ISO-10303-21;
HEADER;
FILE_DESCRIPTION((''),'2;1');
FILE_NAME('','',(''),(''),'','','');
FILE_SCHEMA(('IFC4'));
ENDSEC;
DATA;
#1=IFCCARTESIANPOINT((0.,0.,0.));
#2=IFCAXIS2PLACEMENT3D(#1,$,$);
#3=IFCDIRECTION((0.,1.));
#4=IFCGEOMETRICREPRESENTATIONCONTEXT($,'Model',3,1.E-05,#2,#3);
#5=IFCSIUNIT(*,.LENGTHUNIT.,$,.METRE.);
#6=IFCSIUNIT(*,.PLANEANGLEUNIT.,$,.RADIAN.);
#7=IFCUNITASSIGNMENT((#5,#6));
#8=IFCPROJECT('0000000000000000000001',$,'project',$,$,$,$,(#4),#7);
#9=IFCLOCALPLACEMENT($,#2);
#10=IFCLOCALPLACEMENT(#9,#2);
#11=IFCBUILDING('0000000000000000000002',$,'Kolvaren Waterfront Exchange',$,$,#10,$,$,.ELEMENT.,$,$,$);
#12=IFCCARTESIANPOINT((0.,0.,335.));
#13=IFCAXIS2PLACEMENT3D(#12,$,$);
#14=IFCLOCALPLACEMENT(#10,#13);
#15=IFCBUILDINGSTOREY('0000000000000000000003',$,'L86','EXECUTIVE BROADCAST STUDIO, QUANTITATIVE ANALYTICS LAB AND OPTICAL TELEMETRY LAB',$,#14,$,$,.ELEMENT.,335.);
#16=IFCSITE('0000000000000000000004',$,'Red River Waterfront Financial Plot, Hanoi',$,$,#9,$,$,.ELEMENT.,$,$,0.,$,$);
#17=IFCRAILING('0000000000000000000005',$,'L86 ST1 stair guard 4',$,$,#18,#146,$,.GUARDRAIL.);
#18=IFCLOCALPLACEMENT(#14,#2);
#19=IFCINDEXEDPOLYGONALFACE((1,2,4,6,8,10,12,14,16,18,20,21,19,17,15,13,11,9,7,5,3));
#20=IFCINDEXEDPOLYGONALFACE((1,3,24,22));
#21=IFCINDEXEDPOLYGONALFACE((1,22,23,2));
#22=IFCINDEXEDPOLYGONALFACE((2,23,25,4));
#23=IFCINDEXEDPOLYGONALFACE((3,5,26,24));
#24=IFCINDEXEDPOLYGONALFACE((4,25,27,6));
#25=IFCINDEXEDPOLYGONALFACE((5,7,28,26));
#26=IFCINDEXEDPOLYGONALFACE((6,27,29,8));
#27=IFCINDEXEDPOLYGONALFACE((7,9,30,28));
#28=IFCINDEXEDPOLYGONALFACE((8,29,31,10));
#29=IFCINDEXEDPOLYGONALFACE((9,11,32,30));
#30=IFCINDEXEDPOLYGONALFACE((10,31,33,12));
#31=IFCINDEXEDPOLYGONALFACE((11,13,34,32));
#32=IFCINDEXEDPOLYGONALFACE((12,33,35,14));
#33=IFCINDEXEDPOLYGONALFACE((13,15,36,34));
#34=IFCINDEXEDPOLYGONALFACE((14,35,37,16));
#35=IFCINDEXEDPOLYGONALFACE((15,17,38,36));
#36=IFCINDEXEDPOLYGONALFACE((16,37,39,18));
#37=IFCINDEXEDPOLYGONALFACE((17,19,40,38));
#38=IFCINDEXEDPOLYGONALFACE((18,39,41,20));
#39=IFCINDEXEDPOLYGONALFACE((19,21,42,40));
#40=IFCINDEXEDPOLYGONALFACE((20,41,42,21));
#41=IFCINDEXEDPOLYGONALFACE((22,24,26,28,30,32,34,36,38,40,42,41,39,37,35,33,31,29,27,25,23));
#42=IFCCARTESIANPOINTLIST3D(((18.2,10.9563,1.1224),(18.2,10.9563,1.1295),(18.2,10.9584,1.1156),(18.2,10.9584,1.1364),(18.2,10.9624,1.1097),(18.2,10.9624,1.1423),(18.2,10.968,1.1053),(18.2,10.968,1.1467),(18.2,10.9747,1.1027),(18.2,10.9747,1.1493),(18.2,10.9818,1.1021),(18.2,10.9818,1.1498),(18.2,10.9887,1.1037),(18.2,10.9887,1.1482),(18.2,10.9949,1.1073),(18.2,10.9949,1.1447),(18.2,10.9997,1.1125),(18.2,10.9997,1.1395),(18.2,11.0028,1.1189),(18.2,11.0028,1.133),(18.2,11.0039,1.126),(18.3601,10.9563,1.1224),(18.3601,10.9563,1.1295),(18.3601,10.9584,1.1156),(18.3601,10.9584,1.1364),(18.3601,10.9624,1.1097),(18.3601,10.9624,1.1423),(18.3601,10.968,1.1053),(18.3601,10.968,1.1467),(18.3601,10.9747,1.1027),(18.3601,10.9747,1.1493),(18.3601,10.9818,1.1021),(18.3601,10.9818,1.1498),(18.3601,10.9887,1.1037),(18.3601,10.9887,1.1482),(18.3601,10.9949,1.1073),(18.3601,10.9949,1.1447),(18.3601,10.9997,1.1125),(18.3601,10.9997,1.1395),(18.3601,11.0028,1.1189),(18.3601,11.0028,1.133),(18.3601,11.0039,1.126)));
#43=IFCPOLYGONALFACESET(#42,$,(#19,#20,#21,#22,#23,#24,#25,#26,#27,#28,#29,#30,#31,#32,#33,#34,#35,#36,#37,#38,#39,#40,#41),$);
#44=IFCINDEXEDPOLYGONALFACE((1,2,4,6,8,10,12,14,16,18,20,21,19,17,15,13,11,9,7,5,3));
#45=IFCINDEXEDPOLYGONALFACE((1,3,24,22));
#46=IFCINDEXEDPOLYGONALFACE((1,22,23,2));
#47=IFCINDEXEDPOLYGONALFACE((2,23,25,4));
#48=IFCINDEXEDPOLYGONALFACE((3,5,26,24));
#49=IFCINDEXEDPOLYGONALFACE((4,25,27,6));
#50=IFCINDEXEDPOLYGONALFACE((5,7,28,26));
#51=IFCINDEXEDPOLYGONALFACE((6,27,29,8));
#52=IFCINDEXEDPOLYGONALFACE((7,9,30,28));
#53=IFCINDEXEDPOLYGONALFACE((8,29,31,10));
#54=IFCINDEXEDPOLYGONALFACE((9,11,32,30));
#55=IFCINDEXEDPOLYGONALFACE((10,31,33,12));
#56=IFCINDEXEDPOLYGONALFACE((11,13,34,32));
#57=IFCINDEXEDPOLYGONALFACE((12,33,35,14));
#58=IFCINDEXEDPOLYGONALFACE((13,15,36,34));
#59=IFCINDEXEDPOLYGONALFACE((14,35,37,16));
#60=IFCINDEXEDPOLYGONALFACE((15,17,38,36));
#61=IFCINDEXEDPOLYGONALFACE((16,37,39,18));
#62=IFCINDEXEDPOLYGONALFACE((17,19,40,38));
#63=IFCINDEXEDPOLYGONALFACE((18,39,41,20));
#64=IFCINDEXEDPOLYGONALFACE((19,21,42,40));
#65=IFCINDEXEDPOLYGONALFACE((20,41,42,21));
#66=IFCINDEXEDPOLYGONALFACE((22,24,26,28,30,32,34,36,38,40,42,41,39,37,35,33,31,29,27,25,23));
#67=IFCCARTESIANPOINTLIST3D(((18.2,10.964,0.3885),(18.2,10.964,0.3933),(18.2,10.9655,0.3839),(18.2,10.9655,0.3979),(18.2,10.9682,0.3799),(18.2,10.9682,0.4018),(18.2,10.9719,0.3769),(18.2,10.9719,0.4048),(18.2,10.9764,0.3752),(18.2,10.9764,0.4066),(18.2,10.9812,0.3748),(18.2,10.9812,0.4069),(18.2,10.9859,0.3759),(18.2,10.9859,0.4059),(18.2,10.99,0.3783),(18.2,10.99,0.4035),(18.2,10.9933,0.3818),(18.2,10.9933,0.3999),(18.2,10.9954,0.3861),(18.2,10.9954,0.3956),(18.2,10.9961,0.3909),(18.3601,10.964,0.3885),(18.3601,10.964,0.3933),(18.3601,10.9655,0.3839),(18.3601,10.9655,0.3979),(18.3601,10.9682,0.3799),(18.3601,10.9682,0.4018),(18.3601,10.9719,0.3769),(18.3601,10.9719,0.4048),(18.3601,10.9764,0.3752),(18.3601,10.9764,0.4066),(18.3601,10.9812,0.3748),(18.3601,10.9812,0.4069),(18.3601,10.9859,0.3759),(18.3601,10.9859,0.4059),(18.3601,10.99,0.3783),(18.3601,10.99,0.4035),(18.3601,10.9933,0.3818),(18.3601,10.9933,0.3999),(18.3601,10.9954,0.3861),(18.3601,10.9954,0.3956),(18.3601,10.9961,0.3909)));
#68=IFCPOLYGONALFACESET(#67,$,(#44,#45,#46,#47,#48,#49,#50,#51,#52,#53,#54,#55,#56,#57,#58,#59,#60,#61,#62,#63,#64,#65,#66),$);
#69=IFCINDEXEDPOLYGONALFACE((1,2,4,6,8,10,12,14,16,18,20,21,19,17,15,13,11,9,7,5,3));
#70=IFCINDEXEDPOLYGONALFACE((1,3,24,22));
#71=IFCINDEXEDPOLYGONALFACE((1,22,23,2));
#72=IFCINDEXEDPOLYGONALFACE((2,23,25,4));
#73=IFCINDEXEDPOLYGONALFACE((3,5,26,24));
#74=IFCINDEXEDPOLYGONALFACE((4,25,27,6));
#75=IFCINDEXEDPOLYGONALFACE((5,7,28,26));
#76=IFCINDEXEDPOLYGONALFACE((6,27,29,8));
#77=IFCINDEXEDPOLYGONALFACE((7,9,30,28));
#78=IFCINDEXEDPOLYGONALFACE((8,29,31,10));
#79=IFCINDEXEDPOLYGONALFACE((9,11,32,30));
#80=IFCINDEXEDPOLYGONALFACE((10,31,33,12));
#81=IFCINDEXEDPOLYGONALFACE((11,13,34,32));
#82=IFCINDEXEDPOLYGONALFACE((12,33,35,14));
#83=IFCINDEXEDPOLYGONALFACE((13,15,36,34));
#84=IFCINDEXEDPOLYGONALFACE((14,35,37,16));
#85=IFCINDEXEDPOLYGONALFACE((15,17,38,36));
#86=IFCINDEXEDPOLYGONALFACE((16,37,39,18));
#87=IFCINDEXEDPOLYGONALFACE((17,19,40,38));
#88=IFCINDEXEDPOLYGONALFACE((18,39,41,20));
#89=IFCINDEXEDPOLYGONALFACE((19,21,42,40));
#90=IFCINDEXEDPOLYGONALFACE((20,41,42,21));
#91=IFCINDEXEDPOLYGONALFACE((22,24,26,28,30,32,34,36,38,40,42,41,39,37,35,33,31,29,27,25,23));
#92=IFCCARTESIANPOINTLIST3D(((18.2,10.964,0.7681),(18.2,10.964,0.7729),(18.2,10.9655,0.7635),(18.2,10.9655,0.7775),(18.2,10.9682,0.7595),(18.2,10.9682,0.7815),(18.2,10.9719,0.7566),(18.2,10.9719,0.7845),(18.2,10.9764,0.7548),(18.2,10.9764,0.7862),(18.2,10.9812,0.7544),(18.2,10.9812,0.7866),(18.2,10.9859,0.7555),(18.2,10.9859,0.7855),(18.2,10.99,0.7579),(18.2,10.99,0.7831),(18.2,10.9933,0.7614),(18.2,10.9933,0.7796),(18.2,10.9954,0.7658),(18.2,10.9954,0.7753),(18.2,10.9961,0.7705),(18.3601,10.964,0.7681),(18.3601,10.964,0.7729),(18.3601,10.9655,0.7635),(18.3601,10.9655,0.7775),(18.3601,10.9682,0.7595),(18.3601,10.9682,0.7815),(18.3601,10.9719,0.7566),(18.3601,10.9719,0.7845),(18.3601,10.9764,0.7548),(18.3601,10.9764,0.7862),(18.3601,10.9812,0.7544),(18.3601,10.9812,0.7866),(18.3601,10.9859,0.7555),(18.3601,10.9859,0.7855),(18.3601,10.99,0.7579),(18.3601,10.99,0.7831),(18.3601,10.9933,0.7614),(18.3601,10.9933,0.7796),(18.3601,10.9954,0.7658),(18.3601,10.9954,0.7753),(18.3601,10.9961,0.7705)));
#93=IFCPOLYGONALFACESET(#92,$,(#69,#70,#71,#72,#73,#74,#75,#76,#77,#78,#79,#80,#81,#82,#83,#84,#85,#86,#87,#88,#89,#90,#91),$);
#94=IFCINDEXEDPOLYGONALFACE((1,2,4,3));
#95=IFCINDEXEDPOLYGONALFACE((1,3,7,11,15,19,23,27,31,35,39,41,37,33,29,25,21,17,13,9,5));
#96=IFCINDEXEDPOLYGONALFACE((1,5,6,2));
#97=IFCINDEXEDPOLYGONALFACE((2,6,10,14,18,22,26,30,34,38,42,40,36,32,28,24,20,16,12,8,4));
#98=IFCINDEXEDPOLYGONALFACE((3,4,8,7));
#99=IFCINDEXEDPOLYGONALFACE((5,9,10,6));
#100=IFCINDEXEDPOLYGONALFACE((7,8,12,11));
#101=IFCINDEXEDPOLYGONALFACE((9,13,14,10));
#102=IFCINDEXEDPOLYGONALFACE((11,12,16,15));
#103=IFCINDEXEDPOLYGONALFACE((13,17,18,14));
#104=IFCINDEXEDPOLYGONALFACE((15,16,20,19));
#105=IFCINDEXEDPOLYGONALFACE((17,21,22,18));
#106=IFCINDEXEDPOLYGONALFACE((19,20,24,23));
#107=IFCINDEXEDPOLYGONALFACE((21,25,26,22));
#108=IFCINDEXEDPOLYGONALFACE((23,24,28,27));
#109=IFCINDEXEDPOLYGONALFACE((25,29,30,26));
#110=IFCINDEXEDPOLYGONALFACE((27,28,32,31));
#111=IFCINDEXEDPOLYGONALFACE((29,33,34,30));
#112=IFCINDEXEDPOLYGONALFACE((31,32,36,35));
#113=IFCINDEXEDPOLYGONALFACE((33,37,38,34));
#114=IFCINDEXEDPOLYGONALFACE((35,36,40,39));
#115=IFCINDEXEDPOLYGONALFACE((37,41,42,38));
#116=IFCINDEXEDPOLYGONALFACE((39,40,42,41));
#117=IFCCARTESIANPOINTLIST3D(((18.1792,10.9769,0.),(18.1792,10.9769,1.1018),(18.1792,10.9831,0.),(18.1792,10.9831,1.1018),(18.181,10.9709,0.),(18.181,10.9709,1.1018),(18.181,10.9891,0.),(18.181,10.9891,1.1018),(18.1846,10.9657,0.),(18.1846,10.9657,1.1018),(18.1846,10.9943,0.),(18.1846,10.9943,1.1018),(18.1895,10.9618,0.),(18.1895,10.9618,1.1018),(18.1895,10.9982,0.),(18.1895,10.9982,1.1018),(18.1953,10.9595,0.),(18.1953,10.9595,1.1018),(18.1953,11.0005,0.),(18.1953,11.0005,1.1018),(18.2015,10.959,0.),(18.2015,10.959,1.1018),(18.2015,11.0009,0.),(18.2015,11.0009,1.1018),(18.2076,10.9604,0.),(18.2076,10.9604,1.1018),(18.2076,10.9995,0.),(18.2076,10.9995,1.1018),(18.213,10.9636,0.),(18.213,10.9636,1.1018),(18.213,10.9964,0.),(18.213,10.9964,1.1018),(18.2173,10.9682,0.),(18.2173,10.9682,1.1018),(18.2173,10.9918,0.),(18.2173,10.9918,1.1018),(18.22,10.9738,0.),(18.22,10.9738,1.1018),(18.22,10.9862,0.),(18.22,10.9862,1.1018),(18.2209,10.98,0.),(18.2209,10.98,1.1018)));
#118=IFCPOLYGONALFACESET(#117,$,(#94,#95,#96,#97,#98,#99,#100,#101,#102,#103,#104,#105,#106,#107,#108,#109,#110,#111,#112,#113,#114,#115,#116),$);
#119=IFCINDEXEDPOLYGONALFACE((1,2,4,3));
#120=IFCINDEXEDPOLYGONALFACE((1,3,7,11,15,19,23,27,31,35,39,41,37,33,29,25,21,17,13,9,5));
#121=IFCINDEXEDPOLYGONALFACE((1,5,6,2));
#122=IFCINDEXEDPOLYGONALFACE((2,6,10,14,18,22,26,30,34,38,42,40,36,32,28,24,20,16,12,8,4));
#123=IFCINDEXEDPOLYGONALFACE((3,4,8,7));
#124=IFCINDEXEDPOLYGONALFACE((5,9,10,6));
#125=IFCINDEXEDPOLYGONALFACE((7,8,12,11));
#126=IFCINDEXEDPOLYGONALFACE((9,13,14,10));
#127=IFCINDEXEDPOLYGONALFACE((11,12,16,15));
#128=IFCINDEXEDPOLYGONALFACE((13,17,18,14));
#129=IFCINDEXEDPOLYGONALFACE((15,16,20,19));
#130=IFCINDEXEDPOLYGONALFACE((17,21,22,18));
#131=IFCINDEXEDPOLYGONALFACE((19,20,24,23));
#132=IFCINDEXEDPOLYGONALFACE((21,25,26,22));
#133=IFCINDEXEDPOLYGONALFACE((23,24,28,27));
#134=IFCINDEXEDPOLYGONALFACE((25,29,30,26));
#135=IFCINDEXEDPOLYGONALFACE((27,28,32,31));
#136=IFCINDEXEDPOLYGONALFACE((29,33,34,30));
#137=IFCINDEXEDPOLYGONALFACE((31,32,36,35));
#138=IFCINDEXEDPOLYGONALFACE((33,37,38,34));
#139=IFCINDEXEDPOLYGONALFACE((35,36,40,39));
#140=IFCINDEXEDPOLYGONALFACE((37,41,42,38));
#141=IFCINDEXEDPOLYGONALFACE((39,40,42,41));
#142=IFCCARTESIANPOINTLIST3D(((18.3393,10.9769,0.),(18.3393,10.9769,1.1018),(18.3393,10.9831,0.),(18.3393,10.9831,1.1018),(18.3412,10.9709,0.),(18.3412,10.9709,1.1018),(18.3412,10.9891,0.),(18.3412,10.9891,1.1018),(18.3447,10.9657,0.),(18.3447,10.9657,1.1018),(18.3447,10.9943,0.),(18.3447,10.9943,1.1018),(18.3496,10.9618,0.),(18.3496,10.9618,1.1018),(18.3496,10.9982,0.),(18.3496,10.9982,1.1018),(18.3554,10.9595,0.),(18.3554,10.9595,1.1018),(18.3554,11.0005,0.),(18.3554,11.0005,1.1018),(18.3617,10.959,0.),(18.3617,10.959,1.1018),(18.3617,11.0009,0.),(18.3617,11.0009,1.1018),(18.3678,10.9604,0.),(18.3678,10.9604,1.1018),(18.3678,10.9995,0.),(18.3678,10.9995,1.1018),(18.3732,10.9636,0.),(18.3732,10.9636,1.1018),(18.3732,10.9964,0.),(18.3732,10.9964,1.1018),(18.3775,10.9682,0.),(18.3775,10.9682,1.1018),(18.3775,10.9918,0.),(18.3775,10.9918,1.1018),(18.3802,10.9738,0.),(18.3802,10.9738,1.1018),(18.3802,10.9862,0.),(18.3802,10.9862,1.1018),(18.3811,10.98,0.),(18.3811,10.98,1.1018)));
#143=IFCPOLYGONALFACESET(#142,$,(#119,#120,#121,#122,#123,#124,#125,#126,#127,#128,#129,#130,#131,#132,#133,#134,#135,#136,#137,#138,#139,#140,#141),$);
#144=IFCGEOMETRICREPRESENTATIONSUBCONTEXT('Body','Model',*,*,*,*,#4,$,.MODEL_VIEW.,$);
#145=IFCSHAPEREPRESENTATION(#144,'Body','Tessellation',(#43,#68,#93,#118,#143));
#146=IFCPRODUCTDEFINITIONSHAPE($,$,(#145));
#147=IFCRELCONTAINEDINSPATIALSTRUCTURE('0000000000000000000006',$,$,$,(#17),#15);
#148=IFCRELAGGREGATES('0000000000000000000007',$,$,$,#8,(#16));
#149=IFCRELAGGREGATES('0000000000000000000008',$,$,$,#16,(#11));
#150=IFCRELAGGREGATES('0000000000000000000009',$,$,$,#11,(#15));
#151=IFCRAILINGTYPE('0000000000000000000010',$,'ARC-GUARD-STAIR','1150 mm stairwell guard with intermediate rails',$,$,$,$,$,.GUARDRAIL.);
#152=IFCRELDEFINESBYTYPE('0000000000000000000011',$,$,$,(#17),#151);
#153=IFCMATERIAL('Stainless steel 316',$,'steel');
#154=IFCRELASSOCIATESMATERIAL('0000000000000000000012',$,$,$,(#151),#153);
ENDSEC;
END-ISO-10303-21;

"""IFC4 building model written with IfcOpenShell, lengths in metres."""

from ifc_helpers import new_model, si_unit, direction, frame, origin, origin_2d, place, context, subcontext, project, spatial, circle, extrude, material, type_object, element, save


model = new_model("IFC4")

# Units and contexts
model_context = context("Model", 3, precision=1e-05, world=origin(), true_north=direction((0.0, 1.0)))
body_context = subcontext(model_context, "Body", "Model", "MODEL_VIEW")
ifc_project = project(units=[si_unit("LENGTHUNIT", "METRE"), si_unit("PLANEANGLEUNIT", "RADIAN")], contexts=[model_context])

# Site, building, storey
site_placement = place(None, origin())
site = spatial("IfcSite", under=ifc_project, at=site_placement, Name="Red River Waterfront Financial Plot, Hanoi", CompositionType="ELEMENT", RefElevation=0.0)
building_placement = place(site_placement, origin())
building = spatial("IfcBuilding", under=site, at=building_placement, Name="Kolvaren Waterfront Exchange", CompositionType="ELEMENT")
storey_placement = place(building_placement, frame((0.0, 0.0, 335.0)))
storey = spatial("IfcBuildingStorey", under=building, at=storey_placement, Name="L86", Description="EXECUTIVE BROADCAST STUDIO, QUANTITATIVE ANALYTICS LAB AND OPTICAL TELEMETRY LAB", CompositionType="ELEMENT", Elevation=335.0)

# Railing
ifc_material_1 = material(Name="Stainless steel 316", Category="steel")
railing_type_1 = type_object("IfcRailingType", Name="ARC-GUARD-STAIR", Description="1150 mm stairwell guard with intermediate rails", PredefinedType="GUARDRAIL", material=ifc_material_1)
railing_1_placement = place(storey_placement, frame((18.2, 10.98, 0.0)))
element("IfcRailing", 1, at=railing_1_placement, inside=storey, type_object=railing_type_1, Name="L86 ST1 stair guard 4", PredefinedType="GUARDRAIL", context=body_context, shape_type="SweptSolid", body=[
    extrude(circle(Radius=0.0239, at=origin_2d()), frame((0.0, 0.0, 1.126), z_axis=(1.0, 0.0, 0.0), x_axis=(0.0, 1.0, 0.0)), (0.0, 0.0, 1.0), 0.1602),
    extrude(circle(Radius=0.0161, at=origin_2d()), frame((0.0, 0.0, 0.3909), z_axis=(1.0, 0.0, 0.0), x_axis=(0.0, 1.0, 0.0)), (0.0, 0.0, 1.0), 0.1602),
    extrude(circle(Radius=0.0161, at=origin_2d()), frame((0.0, 0.0, 0.7705), z_axis=(1.0, 0.0, 0.0), x_axis=(0.0, 1.0, 0.0)), (0.0, 0.0, 1.0), 0.1602),
    extrude(circle(Radius=0.021, at=origin_2d()), origin(), (0.0, 0.0, 1.0), 1.1018),
    extrude(circle(Radius=0.021, at=origin_2d()), frame((0.1602, 0.0, 0.0)), (0.0, 0.0, 1.0), 1.1018),
])

save(model, "model.ifc")
